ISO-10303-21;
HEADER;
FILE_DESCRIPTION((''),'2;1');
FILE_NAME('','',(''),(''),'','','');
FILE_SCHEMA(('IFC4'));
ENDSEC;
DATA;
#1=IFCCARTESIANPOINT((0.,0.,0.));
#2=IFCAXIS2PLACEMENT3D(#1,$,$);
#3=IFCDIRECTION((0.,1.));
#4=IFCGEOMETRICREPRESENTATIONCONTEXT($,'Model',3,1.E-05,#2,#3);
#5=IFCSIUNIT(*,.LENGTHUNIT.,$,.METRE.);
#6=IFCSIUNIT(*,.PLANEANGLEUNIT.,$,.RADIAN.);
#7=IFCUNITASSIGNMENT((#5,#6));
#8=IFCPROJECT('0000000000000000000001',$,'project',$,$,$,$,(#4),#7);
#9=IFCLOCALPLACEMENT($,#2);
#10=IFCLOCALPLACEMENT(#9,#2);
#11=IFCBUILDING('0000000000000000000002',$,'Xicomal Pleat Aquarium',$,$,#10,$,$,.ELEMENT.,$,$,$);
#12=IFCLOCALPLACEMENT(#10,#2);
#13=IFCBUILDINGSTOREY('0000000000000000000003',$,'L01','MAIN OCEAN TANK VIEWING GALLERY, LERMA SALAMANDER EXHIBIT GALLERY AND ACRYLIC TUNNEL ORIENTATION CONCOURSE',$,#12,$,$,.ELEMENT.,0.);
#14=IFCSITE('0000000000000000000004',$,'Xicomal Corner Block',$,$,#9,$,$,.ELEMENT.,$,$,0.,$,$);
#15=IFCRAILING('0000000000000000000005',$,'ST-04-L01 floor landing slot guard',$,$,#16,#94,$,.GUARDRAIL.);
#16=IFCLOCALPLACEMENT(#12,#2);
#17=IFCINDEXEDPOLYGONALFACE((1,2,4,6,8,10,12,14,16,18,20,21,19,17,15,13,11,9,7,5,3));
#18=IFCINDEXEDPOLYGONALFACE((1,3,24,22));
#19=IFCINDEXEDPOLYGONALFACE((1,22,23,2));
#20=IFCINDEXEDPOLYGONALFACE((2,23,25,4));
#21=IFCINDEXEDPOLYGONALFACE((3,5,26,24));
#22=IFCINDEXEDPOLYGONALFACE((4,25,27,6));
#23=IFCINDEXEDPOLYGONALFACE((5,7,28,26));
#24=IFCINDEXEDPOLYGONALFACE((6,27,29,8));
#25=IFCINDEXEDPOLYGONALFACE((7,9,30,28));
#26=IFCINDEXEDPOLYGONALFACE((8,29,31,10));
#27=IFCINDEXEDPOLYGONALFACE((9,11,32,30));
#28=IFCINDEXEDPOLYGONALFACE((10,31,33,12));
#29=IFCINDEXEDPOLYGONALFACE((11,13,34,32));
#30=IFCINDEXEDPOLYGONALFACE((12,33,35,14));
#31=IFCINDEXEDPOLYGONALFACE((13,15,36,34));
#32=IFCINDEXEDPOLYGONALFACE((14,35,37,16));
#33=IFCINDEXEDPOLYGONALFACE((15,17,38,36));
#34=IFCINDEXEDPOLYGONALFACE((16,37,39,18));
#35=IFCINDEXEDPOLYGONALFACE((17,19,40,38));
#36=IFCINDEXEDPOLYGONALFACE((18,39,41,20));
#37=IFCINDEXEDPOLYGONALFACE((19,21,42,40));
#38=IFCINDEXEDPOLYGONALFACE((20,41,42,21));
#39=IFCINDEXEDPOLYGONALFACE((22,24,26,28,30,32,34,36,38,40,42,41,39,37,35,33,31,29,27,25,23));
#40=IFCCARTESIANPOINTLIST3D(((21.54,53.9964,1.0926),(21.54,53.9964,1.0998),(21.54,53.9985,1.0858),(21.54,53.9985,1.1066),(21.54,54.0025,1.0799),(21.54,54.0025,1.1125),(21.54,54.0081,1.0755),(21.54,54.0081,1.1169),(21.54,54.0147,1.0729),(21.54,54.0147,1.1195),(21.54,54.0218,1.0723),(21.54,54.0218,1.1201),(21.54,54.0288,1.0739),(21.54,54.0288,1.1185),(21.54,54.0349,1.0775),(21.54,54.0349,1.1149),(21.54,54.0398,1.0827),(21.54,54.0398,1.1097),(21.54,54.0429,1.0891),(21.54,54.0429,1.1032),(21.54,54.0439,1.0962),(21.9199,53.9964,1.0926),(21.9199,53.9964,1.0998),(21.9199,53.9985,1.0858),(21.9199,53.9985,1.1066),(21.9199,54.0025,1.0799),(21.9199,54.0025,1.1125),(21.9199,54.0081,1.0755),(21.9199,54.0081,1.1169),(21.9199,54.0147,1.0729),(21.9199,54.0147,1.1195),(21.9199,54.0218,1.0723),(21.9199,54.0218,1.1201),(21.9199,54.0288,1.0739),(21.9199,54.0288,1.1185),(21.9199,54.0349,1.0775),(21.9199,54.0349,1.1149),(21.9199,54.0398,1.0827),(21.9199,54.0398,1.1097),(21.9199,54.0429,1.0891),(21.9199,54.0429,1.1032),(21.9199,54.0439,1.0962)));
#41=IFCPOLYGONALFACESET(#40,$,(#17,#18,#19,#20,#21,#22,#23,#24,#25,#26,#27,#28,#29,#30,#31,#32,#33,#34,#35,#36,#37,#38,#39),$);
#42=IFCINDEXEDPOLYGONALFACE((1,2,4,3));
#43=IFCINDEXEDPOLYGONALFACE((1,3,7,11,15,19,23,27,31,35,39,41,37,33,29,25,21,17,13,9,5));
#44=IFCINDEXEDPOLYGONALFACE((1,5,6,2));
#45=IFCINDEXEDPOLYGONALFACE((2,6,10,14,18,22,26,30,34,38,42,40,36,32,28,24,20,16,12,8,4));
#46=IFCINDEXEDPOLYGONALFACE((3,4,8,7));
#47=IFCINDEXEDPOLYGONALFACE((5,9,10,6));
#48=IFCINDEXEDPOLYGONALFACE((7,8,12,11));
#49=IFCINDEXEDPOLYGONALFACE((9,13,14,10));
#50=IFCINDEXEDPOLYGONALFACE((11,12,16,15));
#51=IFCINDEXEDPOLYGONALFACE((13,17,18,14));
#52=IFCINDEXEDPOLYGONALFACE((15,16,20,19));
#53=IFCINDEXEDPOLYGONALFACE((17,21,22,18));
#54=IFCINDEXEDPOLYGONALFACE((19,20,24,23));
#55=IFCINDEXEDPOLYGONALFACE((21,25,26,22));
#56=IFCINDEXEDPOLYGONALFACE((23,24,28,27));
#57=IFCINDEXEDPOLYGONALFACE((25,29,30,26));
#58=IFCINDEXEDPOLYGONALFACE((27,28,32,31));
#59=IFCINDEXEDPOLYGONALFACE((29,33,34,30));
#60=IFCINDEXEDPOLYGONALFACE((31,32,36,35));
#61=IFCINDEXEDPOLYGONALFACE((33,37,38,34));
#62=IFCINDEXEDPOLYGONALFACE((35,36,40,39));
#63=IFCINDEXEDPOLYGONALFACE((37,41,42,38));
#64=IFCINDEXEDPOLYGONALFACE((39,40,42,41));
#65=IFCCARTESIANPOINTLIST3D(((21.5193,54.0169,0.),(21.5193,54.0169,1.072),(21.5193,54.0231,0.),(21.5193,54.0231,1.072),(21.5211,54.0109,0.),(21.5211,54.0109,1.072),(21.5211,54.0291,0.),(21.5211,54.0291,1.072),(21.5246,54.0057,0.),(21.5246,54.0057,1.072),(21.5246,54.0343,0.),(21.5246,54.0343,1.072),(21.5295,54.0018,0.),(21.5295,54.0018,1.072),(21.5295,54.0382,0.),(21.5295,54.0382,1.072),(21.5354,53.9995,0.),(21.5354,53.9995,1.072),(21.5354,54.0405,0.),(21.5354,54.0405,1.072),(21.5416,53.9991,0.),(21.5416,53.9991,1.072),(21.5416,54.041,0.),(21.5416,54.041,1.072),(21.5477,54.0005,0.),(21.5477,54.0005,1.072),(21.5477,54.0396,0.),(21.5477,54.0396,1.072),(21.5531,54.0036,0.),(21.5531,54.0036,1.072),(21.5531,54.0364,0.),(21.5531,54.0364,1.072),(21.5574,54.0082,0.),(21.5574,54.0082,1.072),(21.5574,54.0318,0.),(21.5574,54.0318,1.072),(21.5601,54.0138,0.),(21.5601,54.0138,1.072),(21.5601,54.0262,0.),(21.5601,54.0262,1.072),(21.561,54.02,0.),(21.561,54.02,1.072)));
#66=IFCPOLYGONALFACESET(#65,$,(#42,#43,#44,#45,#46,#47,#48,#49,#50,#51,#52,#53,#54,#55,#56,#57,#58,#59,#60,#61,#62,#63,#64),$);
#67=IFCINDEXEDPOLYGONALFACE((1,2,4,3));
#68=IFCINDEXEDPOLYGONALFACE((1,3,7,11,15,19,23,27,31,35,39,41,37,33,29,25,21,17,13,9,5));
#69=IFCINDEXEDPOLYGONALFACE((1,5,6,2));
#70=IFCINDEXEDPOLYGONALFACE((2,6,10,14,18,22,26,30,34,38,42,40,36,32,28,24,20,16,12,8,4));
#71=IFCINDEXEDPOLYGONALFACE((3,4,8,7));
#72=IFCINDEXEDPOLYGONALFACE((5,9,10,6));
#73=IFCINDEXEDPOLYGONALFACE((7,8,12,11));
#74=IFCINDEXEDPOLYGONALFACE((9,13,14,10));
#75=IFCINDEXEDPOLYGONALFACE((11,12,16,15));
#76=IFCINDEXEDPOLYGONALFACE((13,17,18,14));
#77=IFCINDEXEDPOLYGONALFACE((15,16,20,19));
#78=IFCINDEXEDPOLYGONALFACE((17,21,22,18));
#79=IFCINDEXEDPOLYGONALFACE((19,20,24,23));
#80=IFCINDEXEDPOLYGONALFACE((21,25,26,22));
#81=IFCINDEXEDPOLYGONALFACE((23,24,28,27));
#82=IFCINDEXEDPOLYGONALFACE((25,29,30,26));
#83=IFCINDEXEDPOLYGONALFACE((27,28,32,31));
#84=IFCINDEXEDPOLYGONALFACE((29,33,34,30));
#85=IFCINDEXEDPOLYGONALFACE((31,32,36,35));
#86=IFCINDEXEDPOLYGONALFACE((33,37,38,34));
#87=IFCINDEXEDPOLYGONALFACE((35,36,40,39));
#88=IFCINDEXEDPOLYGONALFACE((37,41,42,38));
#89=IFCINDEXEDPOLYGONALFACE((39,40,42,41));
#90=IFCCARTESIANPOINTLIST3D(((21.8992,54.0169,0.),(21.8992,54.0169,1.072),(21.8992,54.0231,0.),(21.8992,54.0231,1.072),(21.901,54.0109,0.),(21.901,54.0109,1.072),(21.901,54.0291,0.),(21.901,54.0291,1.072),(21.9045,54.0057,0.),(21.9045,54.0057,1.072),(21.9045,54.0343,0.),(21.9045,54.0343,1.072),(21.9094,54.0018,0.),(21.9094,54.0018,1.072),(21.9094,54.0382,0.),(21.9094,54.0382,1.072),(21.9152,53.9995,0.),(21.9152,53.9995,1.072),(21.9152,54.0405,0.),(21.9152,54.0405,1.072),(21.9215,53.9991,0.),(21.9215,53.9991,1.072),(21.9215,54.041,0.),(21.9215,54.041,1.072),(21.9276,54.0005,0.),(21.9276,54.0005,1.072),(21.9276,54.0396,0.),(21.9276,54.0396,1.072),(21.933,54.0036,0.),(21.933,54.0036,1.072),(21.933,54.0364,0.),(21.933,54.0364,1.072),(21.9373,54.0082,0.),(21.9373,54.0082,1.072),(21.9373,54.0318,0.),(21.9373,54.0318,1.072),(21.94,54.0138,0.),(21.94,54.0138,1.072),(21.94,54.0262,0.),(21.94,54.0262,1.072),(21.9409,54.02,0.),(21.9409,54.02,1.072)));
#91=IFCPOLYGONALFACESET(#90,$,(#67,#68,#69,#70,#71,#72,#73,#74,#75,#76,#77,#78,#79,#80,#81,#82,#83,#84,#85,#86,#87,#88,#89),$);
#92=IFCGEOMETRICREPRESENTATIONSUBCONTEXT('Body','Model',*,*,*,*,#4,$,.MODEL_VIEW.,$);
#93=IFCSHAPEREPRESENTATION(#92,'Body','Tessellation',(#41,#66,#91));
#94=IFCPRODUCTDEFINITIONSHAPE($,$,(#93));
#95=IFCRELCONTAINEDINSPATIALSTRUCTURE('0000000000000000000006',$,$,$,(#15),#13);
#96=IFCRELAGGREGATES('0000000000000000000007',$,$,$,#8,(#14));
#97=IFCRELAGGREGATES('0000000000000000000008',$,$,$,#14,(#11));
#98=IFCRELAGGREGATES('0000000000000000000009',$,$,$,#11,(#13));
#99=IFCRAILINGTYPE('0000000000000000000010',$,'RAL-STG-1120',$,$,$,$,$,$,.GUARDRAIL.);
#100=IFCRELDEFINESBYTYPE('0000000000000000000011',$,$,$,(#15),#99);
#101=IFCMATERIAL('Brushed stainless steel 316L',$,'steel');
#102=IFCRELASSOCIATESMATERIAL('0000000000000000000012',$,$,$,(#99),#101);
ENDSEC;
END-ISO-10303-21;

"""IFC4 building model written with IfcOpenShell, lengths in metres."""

from ifc_helpers import new_model, si_unit, direction, frame, origin, origin_2d, place, context, subcontext, project, spatial, circle, extrude, material, type_object, element, save


model = new_model("IFC4")

# Units and contexts
model_context = context("Model", 3, precision=1e-05, world=origin(), true_north=direction((0.0, 1.0)))
body_context = subcontext(model_context, "Body", "Model", "MODEL_VIEW")
ifc_project = project(units=[si_unit("LENGTHUNIT", "METRE"), si_unit("PLANEANGLEUNIT", "RADIAN")], contexts=[model_context])

# Site, building, storey
site_placement = place(None, origin())
site = spatial("IfcSite", under=ifc_project, at=site_placement, Name="Xicomal Corner Block", CompositionType="ELEMENT", RefElevation=0.0)
building_placement = place(site_placement, origin())
building = spatial("IfcBuilding", under=site, at=building_placement, Name="Xicomal Pleat Aquarium", CompositionType="ELEMENT")
storey_placement = place(building_placement, origin())
storey = spatial("IfcBuildingStorey", under=building, at=storey_placement, Name="L01", Description="MAIN OCEAN TANK VIEWING GALLERY, LERMA SALAMANDER EXHIBIT GALLERY AND ACRYLIC TUNNEL ORIENTATION CONCOURSE", CompositionType="ELEMENT", Elevation=0.0)

# Railing
ifc_material_1 = material(Name="Brushed stainless steel 316L", Category="steel")
railing_type_1 = type_object("IfcRailingType", Name="RAL-STG-1120", PredefinedType="GUARDRAIL", material=ifc_material_1)
railing_1_placement = place(storey_placement, frame((21.54, 54.02, 0.0)))
element("IfcRailing", 1, at=railing_1_placement, inside=storey, type_object=railing_type_1, Name="ST-04-L01 floor landing slot guard", PredefinedType="GUARDRAIL", context=body_context, shape_type="SweptSolid", body=[
    extrude(circle(Radius=0.0239, at=origin_2d()), frame((0.0, 0.0, 1.0962), z_axis=(1.0, 0.0, 0.0), x_axis=(0.0, 1.0, 0.0)), (0.0, 0.0, 1.0), 0.3799),
    extrude(circle(Radius=0.021, at=origin_2d()), origin(), (0.0, 0.0, 1.0), 1.072),
    extrude(circle(Radius=0.021, at=origin_2d()), frame((0.3799, 0.0, 0.0)), (0.0, 0.0, 1.0), 1.072),
])

save(model, "model.ifc")
